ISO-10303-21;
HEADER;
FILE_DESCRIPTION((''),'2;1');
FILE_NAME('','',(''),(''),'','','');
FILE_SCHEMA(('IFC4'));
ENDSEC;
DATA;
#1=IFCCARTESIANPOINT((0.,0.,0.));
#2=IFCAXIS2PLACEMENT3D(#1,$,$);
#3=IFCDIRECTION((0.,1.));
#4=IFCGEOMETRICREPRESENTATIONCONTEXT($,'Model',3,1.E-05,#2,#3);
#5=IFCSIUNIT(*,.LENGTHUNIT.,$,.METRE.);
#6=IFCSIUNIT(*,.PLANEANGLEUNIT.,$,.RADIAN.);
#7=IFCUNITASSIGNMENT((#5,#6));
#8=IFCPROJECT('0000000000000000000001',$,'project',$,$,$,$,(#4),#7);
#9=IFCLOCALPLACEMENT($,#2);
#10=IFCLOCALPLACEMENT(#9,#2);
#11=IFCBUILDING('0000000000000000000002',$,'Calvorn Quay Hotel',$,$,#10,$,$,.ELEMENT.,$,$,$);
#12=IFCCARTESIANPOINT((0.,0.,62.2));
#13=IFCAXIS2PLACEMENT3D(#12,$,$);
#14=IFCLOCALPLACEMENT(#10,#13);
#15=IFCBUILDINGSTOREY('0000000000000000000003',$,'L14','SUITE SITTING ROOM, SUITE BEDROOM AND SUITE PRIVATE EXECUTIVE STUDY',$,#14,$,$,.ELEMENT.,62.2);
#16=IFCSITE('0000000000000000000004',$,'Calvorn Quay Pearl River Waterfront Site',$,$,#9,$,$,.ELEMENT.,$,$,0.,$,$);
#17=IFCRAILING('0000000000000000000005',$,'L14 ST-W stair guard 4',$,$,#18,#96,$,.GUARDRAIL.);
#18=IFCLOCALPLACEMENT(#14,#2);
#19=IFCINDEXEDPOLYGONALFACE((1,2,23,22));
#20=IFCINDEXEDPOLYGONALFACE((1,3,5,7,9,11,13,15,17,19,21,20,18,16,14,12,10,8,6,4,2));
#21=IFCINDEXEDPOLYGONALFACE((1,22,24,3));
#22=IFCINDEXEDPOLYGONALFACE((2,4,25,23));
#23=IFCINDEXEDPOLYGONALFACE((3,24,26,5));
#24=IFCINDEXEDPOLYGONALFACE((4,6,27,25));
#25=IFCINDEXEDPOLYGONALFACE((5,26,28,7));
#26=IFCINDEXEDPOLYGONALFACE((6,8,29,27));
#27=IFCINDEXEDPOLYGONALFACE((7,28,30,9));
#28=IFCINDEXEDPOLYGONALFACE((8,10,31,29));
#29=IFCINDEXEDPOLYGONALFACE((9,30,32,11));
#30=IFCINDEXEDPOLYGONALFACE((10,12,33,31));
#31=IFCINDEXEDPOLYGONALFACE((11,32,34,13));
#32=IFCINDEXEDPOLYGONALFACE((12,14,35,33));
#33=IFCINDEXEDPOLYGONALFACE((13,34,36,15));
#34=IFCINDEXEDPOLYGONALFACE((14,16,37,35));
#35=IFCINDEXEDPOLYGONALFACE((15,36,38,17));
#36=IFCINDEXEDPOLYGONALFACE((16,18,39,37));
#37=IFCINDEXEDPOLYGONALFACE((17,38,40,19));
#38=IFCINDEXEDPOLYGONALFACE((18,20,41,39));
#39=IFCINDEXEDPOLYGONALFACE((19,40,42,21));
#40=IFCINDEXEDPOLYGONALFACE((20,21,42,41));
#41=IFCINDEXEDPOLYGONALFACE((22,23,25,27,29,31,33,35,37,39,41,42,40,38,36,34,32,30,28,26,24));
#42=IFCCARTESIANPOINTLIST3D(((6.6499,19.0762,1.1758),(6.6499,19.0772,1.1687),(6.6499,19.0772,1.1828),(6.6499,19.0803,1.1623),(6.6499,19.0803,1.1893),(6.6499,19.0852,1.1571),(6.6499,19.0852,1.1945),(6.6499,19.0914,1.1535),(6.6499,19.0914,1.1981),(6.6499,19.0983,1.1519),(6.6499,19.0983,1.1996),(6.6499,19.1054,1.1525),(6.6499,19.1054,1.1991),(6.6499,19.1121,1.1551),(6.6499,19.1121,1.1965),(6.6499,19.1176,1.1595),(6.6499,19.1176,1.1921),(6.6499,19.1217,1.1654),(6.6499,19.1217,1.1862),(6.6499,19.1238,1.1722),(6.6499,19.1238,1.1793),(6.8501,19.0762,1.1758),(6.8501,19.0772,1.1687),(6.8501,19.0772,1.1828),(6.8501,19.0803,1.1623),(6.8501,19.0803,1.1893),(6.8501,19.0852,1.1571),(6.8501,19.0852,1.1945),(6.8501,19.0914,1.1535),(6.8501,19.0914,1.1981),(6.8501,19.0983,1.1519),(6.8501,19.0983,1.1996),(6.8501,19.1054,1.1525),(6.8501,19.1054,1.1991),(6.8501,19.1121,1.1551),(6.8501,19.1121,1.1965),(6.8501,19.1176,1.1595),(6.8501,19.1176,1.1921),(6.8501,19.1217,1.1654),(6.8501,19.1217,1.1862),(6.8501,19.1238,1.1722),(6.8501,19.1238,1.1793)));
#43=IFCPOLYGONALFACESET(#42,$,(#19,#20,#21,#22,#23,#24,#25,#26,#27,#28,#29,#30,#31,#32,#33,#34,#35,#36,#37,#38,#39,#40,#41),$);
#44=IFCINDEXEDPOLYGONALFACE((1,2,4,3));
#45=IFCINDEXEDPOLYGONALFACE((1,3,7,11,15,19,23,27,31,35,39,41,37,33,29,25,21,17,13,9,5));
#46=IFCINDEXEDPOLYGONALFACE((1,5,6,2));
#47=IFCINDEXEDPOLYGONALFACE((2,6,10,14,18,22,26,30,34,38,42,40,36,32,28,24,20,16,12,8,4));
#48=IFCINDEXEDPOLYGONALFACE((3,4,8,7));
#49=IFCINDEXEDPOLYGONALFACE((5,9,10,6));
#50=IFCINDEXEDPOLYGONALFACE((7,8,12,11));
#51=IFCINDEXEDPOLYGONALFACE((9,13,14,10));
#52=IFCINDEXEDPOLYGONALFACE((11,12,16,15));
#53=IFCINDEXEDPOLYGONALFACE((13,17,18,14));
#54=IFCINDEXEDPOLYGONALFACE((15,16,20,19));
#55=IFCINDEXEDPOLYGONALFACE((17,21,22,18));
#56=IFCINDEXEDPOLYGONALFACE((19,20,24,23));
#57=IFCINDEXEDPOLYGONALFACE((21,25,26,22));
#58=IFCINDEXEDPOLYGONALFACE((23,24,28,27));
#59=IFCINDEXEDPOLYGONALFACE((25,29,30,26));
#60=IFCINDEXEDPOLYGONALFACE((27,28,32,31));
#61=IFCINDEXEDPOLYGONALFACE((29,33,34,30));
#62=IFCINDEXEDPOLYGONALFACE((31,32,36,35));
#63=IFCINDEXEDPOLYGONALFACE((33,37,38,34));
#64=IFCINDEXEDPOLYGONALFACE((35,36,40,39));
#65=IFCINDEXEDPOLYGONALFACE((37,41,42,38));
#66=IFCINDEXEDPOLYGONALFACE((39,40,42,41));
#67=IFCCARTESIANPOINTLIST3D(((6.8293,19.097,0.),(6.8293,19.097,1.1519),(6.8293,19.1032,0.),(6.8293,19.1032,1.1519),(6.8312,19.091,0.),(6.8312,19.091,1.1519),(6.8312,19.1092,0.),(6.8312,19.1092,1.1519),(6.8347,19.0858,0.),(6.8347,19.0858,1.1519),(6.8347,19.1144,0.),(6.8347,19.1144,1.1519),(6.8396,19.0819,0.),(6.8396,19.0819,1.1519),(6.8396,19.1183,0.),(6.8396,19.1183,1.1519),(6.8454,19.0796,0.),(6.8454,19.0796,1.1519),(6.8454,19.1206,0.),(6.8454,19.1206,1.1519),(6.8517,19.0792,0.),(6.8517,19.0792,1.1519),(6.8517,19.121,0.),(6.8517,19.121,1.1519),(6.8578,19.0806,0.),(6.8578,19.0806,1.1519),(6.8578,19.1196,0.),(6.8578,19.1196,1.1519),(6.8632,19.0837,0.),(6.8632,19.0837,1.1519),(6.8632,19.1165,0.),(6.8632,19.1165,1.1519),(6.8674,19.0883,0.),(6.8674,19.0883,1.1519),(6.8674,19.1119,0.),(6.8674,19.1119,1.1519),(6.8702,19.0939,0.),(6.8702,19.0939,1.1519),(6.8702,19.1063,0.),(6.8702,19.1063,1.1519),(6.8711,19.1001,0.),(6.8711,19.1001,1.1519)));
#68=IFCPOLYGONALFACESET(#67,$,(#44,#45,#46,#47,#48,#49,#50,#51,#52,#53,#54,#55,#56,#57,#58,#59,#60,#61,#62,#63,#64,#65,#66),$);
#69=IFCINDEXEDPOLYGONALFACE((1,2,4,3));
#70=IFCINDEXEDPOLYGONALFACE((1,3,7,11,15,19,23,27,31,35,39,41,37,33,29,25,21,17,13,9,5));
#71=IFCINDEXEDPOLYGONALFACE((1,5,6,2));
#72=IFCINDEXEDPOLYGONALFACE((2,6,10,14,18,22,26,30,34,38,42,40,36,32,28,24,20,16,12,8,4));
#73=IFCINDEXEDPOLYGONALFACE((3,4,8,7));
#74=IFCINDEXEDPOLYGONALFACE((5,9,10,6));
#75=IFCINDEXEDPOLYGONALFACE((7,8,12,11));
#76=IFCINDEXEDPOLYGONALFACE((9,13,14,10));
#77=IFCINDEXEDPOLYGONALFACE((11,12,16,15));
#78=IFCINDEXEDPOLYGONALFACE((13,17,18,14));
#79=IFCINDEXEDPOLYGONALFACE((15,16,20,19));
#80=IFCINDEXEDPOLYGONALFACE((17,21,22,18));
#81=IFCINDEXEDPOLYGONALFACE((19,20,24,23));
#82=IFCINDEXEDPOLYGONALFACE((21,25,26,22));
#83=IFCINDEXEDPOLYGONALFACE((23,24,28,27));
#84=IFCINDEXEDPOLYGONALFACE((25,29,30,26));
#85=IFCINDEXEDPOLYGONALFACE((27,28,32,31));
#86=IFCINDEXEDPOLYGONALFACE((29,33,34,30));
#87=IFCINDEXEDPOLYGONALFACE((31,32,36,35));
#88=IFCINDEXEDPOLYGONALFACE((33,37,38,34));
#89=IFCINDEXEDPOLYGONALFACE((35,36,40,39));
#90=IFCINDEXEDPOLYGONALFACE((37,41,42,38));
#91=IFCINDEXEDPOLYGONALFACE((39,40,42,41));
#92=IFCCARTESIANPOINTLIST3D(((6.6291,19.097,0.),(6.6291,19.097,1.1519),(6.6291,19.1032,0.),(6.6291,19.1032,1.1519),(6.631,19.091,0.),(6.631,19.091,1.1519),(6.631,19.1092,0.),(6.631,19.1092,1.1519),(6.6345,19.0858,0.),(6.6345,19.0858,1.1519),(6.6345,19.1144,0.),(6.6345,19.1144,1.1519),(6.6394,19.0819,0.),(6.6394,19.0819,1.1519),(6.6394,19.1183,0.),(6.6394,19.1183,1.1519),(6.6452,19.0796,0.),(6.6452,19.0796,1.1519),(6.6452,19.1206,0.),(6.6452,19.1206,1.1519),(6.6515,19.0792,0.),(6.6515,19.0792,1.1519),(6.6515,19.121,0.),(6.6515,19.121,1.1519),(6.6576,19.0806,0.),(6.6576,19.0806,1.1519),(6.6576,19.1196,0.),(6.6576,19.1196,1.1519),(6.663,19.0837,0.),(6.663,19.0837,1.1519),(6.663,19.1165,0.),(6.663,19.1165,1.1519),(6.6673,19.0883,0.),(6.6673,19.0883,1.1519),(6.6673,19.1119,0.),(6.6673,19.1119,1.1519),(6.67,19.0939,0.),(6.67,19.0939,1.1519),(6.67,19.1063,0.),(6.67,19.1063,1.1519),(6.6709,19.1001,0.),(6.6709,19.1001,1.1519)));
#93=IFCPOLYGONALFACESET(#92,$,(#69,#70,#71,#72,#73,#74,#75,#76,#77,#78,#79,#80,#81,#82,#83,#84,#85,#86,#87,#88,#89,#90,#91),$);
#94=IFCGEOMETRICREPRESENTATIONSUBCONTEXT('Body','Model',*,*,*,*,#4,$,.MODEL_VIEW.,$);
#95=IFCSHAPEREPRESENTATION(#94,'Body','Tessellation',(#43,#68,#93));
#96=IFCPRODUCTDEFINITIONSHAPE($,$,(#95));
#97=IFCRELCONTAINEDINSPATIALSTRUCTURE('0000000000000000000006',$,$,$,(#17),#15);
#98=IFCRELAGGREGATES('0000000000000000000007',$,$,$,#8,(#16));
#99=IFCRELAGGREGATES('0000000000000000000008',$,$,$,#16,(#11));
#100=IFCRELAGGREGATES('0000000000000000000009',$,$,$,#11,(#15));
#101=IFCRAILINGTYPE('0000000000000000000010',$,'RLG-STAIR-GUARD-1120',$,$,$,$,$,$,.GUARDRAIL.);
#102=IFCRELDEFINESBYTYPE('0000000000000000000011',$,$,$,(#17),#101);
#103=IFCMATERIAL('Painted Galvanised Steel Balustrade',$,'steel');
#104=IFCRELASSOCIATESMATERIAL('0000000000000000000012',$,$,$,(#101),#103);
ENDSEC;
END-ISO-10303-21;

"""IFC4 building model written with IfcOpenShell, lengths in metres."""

from ifc_helpers import new_model, si_unit, direction, frame, origin, origin_2d, place, context, subcontext, project, spatial, circle, extrude, material, type_object, element, save


model = new_model("IFC4")

# Units and contexts
model_context = context("Model", 3, precision=1e-05, world=origin(), true_north=direction((0.0, 1.0)))
body_context = subcontext(model_context, "Body", "Model", "MODEL_VIEW")
ifc_project = project(units=[si_unit("LENGTHUNIT", "METRE"), si_unit("PLANEANGLEUNIT", "RADIAN")], contexts=[model_context])

# Site, building, storey
site_placement = place(None, origin())
site = spatial("IfcSite", under=ifc_project, at=site_placement, Name="Calvorn Quay Pearl River Waterfront Site", CompositionType="ELEMENT", RefElevation=0.0)
building_placement = place(site_placement, origin())
building = spatial("IfcBuilding", under=site, at=building_placement, Name="Calvorn Quay Hotel", CompositionType="ELEMENT")
storey_placement = place(building_placement, frame((0.0, 0.0, 62.2)))
storey = spatial("IfcBuildingStorey", under=building, at=storey_placement, Name="L14", Description="SUITE SITTING ROOM, SUITE BEDROOM AND SUITE PRIVATE EXECUTIVE STUDY", CompositionType="ELEMENT", Elevation=62.2)

# Railing
ifc_material_1 = material(Name="Painted Galvanised Steel Balustrade", Category="steel")
railing_type_1 = type_object("IfcRailingType", Name="RLG-STAIR-GUARD-1120", PredefinedType="GUARDRAIL", material=ifc_material_1)
railing_1_placement = place(storey_placement, frame((6.8501, 19.1001, 0.0)))
element("IfcRailing", 1, at=railing_1_placement, inside=storey, type_object=railing_type_1, Name="L14 ST-W stair guard 4", PredefinedType="GUARDRAIL", context=body_context, shape_type="SweptSolid", body=[
    extrude(circle(Radius=0.0239, at=origin_2d()), frame((0.0, 0.0, 1.1758), z_axis=(-1.0, 0.0, 0.0), x_axis=(0.0, -1.0, 0.0)), (0.0, 0.0, 1.0), 0.2002),
    extrude(circle(Radius=0.021, at=origin_2d()), origin(), (0.0, 0.0, 1.0), 1.1519),
    extrude(circle(Radius=0.021, at=origin_2d()), frame((-0.2002, 0.0, 0.0)), (0.0, 0.0, 1.0), 1.1519),
])

save(model, "model.ifc")
